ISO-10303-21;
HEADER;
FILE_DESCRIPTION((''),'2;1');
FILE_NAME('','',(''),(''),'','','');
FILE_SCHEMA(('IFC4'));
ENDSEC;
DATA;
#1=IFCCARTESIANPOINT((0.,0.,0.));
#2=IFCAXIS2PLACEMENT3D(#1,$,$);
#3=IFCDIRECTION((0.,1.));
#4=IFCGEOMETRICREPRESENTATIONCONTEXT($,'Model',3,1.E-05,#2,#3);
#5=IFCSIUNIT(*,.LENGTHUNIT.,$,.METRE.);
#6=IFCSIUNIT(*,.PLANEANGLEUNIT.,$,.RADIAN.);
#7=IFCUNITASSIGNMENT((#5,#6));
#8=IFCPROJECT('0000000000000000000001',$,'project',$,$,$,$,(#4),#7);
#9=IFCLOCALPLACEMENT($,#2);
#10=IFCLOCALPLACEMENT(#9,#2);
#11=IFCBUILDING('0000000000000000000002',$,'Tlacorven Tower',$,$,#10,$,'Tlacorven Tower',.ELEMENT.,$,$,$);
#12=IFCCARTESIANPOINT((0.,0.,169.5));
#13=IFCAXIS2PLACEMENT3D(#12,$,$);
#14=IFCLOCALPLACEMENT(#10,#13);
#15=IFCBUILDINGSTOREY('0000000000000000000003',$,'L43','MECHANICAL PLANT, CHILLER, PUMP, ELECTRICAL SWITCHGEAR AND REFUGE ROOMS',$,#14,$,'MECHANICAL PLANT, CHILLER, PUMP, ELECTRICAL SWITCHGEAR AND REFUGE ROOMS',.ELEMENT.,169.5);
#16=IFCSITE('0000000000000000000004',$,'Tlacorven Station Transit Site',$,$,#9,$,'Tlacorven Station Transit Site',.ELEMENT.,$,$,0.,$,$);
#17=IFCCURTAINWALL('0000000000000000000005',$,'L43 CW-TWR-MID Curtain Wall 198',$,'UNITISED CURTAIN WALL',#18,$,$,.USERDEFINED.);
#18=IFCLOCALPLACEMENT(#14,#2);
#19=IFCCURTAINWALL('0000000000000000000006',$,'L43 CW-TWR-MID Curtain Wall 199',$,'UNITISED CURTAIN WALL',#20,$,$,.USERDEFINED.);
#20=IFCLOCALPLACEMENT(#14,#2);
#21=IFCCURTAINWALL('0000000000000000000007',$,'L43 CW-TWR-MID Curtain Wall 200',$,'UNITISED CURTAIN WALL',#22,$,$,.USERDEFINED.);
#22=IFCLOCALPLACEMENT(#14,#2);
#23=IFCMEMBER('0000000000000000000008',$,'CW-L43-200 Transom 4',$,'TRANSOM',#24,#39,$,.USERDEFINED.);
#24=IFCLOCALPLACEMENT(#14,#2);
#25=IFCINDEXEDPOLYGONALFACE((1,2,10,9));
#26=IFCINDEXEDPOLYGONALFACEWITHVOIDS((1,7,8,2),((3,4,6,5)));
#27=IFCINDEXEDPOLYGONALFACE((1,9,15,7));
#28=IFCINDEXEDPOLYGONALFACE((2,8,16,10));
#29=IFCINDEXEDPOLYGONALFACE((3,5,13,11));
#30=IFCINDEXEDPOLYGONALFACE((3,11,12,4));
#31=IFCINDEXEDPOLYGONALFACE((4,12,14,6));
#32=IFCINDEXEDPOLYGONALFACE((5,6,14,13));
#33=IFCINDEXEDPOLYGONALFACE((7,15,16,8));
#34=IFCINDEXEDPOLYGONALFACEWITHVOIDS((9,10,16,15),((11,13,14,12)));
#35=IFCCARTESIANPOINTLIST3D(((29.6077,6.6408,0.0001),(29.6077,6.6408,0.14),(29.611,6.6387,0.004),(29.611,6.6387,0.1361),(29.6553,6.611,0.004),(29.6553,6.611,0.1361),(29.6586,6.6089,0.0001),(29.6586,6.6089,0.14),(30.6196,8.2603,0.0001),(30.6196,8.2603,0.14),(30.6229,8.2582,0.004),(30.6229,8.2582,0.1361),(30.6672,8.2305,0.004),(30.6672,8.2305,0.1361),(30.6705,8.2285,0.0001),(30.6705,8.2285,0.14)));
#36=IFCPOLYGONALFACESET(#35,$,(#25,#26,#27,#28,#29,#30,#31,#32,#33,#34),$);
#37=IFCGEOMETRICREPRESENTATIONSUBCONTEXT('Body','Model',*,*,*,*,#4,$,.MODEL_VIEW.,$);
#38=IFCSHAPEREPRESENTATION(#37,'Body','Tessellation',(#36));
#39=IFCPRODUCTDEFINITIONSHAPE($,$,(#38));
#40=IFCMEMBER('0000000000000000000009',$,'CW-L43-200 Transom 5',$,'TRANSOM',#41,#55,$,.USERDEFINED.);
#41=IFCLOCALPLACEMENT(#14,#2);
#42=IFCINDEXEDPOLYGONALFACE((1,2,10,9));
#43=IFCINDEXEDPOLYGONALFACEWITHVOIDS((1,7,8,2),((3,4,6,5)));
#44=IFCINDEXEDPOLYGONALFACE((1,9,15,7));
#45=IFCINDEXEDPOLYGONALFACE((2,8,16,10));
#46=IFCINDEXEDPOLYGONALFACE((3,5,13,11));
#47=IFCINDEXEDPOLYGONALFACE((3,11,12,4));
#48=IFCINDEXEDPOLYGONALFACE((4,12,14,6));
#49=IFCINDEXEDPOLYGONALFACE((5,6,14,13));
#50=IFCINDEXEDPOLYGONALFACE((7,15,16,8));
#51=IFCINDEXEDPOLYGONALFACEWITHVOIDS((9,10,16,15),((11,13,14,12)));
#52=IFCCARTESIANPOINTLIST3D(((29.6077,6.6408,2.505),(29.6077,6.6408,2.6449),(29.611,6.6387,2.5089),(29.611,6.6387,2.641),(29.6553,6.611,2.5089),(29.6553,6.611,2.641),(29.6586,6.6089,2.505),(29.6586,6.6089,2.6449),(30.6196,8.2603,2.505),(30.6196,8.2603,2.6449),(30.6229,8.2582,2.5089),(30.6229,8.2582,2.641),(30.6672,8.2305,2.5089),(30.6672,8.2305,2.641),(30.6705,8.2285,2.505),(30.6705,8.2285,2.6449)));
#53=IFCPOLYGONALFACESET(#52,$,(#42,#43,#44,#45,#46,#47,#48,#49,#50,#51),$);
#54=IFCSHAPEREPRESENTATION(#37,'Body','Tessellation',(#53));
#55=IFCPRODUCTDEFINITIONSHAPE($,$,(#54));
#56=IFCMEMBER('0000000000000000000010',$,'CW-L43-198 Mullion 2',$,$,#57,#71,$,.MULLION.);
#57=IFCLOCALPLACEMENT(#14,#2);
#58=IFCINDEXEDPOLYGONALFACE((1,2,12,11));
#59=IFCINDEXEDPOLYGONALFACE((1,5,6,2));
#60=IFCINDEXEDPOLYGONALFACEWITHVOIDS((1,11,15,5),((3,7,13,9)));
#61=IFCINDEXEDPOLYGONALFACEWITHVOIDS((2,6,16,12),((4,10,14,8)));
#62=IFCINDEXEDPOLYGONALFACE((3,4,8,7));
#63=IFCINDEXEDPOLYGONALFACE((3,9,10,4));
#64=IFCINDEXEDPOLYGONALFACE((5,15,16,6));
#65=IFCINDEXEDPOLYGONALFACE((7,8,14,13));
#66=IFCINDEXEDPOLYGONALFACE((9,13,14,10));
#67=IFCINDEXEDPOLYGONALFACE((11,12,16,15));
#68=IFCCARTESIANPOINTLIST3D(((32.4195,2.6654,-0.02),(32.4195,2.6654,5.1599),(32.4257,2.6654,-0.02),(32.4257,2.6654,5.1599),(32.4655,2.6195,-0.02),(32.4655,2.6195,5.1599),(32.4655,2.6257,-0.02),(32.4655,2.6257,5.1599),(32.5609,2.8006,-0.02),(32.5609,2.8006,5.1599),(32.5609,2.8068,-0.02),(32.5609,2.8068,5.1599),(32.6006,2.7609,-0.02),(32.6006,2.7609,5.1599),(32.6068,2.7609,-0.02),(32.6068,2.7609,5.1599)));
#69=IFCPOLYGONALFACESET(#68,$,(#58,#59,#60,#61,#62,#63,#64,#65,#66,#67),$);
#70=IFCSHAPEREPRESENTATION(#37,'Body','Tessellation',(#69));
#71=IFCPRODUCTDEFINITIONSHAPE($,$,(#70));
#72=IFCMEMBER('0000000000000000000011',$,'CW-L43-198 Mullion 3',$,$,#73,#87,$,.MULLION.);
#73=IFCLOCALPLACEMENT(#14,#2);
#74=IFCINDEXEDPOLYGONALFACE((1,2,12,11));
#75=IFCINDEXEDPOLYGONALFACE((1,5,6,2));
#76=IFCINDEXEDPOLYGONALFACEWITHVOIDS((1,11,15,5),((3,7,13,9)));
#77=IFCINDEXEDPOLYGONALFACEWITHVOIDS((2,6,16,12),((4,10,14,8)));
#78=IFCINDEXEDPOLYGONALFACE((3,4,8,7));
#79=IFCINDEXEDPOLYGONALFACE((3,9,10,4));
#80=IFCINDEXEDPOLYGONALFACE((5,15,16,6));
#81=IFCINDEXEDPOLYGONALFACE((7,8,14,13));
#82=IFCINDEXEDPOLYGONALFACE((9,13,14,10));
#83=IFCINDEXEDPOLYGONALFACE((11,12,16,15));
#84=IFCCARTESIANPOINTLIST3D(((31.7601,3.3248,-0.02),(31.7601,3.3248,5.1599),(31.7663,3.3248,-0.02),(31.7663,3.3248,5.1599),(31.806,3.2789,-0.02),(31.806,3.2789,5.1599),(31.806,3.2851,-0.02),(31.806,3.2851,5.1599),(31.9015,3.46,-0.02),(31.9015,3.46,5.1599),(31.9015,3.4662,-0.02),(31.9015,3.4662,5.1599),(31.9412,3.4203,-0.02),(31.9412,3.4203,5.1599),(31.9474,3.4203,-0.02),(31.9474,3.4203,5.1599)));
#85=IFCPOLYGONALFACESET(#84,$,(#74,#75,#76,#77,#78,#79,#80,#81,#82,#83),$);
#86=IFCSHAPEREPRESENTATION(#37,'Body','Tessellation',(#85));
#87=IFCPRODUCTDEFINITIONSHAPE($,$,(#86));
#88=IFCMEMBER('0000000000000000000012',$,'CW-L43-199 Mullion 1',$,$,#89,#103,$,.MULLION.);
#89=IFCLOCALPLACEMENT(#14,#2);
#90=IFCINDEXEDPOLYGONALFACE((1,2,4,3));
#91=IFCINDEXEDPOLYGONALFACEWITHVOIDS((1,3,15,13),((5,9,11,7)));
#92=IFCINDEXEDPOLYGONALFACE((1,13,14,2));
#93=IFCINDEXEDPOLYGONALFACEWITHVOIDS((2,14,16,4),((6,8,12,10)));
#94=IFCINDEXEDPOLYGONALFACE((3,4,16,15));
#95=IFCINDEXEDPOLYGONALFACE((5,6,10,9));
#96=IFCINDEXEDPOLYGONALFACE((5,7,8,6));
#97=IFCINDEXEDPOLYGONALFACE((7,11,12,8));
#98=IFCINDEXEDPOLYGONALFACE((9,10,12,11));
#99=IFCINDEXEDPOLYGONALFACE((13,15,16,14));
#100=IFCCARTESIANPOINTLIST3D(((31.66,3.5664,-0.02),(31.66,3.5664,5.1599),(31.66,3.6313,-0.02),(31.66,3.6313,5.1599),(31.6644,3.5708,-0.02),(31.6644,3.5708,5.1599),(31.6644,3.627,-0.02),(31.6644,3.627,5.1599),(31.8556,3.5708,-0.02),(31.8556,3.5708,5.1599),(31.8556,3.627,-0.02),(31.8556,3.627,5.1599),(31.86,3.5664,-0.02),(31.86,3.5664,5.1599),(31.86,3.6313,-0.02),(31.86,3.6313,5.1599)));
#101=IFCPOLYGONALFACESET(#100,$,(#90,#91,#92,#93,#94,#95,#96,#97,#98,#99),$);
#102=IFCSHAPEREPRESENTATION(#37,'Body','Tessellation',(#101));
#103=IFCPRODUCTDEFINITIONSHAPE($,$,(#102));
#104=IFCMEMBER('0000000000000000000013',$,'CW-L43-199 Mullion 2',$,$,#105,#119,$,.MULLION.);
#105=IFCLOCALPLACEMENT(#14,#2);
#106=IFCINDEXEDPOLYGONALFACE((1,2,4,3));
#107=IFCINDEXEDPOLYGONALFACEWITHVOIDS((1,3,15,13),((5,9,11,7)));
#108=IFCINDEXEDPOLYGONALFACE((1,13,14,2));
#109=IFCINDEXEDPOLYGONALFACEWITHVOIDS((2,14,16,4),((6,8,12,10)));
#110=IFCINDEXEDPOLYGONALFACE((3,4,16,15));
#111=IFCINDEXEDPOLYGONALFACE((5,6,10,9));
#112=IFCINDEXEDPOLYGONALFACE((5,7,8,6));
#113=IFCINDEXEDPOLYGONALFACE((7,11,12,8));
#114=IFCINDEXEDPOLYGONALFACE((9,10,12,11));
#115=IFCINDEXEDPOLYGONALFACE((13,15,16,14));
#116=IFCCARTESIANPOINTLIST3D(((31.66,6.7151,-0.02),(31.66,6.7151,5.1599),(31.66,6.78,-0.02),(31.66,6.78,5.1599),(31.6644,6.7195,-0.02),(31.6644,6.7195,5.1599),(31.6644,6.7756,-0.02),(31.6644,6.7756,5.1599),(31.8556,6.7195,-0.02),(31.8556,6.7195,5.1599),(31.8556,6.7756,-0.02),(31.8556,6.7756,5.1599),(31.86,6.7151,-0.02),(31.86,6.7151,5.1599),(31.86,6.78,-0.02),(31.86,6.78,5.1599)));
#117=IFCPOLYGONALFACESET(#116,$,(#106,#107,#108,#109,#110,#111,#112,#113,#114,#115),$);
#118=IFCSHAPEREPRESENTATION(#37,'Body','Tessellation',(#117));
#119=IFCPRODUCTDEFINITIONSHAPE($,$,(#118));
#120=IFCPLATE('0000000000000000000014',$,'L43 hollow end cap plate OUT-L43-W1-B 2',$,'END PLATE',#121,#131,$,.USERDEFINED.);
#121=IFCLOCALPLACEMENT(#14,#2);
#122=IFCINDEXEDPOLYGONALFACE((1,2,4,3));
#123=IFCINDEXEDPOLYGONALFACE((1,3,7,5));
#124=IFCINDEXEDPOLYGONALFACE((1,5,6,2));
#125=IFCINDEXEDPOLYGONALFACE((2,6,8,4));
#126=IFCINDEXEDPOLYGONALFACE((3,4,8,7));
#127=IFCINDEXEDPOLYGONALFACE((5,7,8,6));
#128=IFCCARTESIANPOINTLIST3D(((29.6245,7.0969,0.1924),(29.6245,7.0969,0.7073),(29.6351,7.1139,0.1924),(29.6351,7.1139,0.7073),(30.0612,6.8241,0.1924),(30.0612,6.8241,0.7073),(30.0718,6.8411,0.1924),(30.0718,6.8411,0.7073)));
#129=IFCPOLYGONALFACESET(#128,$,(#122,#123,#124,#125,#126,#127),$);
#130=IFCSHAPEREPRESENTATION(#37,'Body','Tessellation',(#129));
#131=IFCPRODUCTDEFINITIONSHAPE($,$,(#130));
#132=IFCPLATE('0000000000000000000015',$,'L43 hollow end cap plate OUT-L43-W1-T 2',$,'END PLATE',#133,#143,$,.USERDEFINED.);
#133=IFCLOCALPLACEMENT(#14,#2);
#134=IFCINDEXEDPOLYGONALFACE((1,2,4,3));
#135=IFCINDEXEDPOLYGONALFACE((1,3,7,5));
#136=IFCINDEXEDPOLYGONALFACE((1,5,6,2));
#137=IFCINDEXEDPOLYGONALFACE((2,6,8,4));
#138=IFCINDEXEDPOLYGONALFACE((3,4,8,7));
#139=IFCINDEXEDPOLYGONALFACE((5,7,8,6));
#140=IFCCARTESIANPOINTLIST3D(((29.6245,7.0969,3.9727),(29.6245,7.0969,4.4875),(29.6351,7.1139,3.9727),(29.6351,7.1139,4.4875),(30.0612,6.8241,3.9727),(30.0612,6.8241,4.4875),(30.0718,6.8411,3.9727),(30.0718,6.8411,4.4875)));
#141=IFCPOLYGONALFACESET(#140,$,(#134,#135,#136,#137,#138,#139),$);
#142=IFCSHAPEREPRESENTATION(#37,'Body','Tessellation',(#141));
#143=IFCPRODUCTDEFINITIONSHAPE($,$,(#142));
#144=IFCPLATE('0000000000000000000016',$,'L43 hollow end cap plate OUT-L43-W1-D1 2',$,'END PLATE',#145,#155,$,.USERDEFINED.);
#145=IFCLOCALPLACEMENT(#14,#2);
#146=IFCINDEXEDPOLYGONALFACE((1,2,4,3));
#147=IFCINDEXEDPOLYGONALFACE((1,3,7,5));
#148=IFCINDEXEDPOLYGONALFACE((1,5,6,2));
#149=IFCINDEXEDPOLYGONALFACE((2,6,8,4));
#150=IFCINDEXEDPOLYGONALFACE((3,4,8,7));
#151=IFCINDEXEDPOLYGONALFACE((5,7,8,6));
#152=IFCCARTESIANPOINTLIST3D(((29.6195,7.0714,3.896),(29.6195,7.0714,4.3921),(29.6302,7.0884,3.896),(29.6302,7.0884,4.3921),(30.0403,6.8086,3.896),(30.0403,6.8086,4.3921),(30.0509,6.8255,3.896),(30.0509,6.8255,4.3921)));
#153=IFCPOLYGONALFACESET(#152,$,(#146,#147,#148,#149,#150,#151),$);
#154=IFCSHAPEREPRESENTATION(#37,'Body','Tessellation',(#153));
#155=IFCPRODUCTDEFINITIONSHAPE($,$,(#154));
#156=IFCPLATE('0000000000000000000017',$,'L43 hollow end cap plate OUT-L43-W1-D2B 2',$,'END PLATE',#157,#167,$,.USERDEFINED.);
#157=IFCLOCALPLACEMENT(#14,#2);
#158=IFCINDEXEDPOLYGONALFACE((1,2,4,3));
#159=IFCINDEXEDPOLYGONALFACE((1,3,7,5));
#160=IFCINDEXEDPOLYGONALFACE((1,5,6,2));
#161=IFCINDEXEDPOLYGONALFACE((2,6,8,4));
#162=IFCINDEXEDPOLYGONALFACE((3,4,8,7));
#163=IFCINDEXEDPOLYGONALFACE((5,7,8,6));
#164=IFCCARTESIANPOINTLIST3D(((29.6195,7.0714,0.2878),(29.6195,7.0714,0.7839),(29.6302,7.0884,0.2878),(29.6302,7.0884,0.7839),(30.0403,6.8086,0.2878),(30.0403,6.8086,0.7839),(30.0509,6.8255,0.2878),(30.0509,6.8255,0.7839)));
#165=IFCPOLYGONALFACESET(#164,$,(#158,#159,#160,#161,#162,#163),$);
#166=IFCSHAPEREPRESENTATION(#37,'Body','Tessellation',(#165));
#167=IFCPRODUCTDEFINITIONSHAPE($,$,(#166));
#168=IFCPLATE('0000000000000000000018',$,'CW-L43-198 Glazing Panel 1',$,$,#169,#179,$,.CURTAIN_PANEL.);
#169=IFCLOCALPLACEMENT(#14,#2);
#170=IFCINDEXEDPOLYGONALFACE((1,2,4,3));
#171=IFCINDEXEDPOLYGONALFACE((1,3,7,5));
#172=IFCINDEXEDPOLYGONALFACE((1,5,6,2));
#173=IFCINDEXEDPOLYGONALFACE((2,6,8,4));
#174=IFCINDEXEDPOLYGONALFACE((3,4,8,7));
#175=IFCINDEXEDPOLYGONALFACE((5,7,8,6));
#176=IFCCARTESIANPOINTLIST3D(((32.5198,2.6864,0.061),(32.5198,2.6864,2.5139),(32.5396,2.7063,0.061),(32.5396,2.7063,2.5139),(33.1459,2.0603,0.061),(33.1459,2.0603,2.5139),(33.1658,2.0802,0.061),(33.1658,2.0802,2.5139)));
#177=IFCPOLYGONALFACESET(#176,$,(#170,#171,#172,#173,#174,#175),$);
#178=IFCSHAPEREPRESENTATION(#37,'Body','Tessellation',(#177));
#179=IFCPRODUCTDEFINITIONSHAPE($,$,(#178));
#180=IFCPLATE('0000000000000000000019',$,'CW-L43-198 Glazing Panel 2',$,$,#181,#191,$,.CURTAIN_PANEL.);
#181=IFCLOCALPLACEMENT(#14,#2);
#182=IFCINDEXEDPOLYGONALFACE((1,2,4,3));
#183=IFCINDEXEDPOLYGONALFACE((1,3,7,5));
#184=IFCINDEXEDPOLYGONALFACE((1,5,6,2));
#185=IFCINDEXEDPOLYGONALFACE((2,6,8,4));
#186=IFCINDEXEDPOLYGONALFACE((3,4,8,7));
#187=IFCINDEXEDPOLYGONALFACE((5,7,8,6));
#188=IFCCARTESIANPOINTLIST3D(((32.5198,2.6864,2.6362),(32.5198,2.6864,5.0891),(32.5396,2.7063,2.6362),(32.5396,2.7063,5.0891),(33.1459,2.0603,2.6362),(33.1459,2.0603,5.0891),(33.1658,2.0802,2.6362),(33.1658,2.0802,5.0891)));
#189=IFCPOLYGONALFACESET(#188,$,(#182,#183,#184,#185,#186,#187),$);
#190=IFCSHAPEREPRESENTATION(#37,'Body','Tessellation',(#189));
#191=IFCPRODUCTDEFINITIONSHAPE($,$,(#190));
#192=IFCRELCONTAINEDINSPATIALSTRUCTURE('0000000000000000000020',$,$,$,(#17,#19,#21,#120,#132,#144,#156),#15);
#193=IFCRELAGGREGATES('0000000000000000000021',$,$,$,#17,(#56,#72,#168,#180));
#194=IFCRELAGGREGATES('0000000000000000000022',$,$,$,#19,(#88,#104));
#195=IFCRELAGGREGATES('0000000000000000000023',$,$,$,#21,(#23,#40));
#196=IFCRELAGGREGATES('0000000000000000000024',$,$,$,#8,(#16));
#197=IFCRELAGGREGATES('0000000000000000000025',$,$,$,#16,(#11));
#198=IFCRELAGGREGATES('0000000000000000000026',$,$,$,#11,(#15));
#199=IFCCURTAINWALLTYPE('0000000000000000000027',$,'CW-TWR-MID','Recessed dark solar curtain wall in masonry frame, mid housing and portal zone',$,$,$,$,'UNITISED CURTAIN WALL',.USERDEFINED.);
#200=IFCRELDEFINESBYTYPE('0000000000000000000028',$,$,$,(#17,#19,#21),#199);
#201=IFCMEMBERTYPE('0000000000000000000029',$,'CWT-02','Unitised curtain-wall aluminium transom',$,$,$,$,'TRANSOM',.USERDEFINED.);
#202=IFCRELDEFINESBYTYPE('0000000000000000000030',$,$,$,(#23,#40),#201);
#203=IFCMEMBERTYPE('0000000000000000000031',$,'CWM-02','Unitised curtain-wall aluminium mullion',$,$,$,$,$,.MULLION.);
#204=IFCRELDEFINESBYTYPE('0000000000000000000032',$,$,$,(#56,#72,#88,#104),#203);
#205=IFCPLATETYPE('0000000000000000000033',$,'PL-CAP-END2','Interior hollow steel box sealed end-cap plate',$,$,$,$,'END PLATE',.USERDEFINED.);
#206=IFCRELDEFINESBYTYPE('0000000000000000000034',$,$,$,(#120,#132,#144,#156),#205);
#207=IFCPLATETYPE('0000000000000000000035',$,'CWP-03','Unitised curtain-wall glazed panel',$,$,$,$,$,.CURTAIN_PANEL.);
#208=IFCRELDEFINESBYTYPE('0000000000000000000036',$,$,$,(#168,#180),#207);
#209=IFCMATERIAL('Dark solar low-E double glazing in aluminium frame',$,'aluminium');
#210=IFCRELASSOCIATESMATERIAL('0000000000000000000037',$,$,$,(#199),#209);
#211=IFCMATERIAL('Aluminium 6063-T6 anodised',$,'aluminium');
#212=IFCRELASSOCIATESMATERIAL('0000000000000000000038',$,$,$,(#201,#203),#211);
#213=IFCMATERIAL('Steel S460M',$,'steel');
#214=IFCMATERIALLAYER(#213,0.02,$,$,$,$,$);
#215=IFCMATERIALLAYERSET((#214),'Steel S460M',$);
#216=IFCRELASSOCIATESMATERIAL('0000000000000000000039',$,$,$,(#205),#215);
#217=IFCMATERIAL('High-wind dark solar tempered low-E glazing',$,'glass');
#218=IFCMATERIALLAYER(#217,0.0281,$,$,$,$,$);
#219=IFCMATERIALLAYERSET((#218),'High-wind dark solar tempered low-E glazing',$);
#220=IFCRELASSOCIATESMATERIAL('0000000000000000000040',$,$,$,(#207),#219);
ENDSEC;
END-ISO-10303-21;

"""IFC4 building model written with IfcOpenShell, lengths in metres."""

from ifc_helpers import new_model, si_unit, direction, frame, origin, origin_2d, place, context, subcontext, project, spatial, rectangle, hollow_rectangle, extrude, source, transform, mapped, material, layer, layer_set, material_profile, profile_set, type_object, element, aggregate, save


model = new_model("IFC4")

# Units and contexts
model_context = context("Model", 3, precision=1e-05, world=origin(), true_north=direction((0.0, 1.0)))
body_context = subcontext(model_context, "Body", "Model", "MODEL_VIEW")
ifc_project = project(units=[si_unit("LENGTHUNIT", "METRE"), si_unit("PLANEANGLEUNIT", "RADIAN")], contexts=[model_context])

# Site, building, storey
site_placement = place(None, origin())
site = spatial("IfcSite", under=ifc_project, at=site_placement, Name="Tlacorven Station Transit Site", LongName="Tlacorven Station Transit Site", CompositionType="ELEMENT", RefElevation=0.0)
building_placement = place(site_placement, origin())
building = spatial("IfcBuilding", under=site, at=building_placement, Name="Tlacorven Tower", LongName="Tlacorven Tower", CompositionType="ELEMENT")
storey_placement = place(building_placement, frame((0.0, 0.0, 169.5)))
storey = spatial("IfcBuildingStorey", under=building, at=storey_placement, Name="L43", Description="MECHANICAL PLANT, CHILLER, PUMP, ELECTRICAL SWITCHGEAR AND REFUGE ROOMS", LongName="MECHANICAL PLANT, CHILLER, PUMP, ELECTRICAL SWITCHGEAR AND REFUGE ROOMS", CompositionType="ELEMENT", Elevation=169.5)

# Shared definitions
ifc_material_1 = material(Name="Steel S460M", Category="steel")

# Curtain walls, members
ifc_material_2 = material(Name="Dark solar low-E double glazing in aluminium frame", Category="aluminium")
curtain_wall_type = type_object("IfcCurtainWallType", Name="CW-TWR-MID", Description="Recessed dark solar curtain wall in masonry frame, mid housing and portal zone", ElementType="UNITISED CURTAIN WALL", PredefinedType="USERDEFINED", material=ifc_material_2)
curtain_wall_1_placement = place(storey_placement, origin())
curtain_wall_1 = element("IfcCurtainWall", 1, at=curtain_wall_1_placement, inside=storey, type_object=curtain_wall_type, Name="L43 CW-TWR-MID Curtain Wall 198", ObjectType="UNITISED CURTAIN WALL", PredefinedType="USERDEFINED")
ifc_material_3 = material(Name="Aluminium 6063-T6 anodised", Category="aluminium")
ifc_material_profile_1 = material_profile(ifc_material_3, hollow_rectangle(XDim=0.0601, YDim=0.1399, WallThickness=0.0039, at=origin_2d()), Name="ALU TRANSOM 60X140")
ifc_profile_set_1 = profile_set([ifc_material_profile_1], Name="Aluminium 6063-T6 anodised")
member_type_1 = type_object("IfcMemberType", Name="CWT-02", Description="Unitised curtain-wall aluminium transom", ElementType="TRANSOM", PredefinedType="USERDEFINED", material=ifc_profile_set_1)
curtain_wall_2_placement = place(storey_placement, origin())
curtain_wall_2 = element("IfcCurtainWall", 2, at=curtain_wall_2_placement, inside=storey, type_object=curtain_wall_type, Name="L43 CW-TWR-MID Curtain Wall 199", ObjectType="UNITISED CURTAIN WALL", PredefinedType="USERDEFINED")
curtain_wall_3_placement = place(storey_placement, origin())
curtain_wall_3 = element("IfcCurtainWall", 3, at=curtain_wall_3_placement, inside=storey, type_object=curtain_wall_type, Name="L43 CW-TWR-MID Curtain Wall 200", ObjectType="UNITISED CURTAIN WALL", PredefinedType="USERDEFINED")
shared_shape_1 = source(origin(), body_context, "Body", "SweptSolid", [
    extrude(hollow_rectangle(XDim=0.0601, YDim=0.1399, WallThickness=0.0039, at=origin_2d()), origin(), (0.0, 0.0, 1.0), 1.9097),
])
member_1_placement = place(storey_placement, frame((30.645, 8.2444, 0.0701), z_axis=(-0.529884, -0.84807, 0.0), x_axis=(0.84807, -0.529884, 0.0)))
member_1 = element("IfcMember", 4, at=member_1_placement, type_object=member_type_1, Name="CW-L43-200 Transom 4", ObjectType="TRANSOM", PredefinedType="USERDEFINED", context=body_context, shape_type="MappedRepresentation", body=[
    mapped(shared_shape_1, transform((0.0, 0.0, 0.0), scale=1.0)),
])
member_2_placement = place(storey_placement, frame((30.645, 8.2444, 2.575), z_axis=(-0.529884, -0.84807, 0.0), x_axis=(0.84807, -0.529884, 0.0)))
member_2 = element("IfcMember", 5, at=member_2_placement, type_object=member_type_1, Name="CW-L43-200 Transom 5", ObjectType="TRANSOM", PredefinedType="USERDEFINED", context=body_context, shape_type="MappedRepresentation", body=[
    mapped(shared_shape_1, transform((0.0, 0.0, 0.0), scale=1.0)),
])

# Members
ifc_material_profile_2 = material_profile(ifc_material_3, hollow_rectangle(XDim=0.0649, YDim=0.2, WallThickness=0.0044, at=origin_2d()), Name="ALU MULLION 65X200")
ifc_profile_set_2 = profile_set([ifc_material_profile_2], Name="Aluminium 6063-T6 anodised")
member_type_2 = type_object("IfcMemberType", Name="CWM-02", Description="Unitised curtain-wall aluminium mullion", PredefinedType="MULLION", material=ifc_profile_set_2)
shared_shape_2 = source(origin(), body_context, "Body", "SweptSolid", [
    extrude(hollow_rectangle(XDim=0.0649, YDim=0.2, WallThickness=0.0044, at=origin_2d()), origin(), (0.0, 0.0, 1.0), 5.1799),
])
member_3_placement = place(storey_placement, frame((32.5132, 2.7131, -0.02), z_axis=(0.0, 0.0, 1.0), x_axis=(-0.707107, 0.707107, 0.0)))
member_3 = element("IfcMember", 6, at=member_3_placement, type_object=member_type_2, Name="CW-L43-198 Mullion 2", PredefinedType="MULLION", context=body_context, shape_type="MappedRepresentation", body=[
    mapped(shared_shape_2, transform((0.0, 0.0, 0.0), scale=1.0)),
])
member_4_placement = place(storey_placement, frame((31.8538, 3.3726, -0.02), z_axis=(0.0, 0.0, 1.0), x_axis=(-0.707107, 0.707107, 0.0)))
member_4 = element("IfcMember", 7, at=member_4_placement, type_object=member_type_2, Name="CW-L43-198 Mullion 3", PredefinedType="MULLION", context=body_context, shape_type="MappedRepresentation", body=[
    mapped(shared_shape_2, transform((0.0, 0.0, 0.0), scale=1.0)),
])
member_5_placement = place(storey_placement, frame((31.76, 3.5989, -0.02), z_axis=(0.0, 0.0, 1.0), x_axis=(0.0, 1.0, 0.0)))
member_5 = element("IfcMember", 8, at=member_5_placement, type_object=member_type_2, Name="CW-L43-199 Mullion 1", PredefinedType="MULLION", context=body_context, shape_type="MappedRepresentation", body=[
    mapped(shared_shape_2, transform((0.0, 0.0, 0.0), scale=1.0)),
])
member_6_placement = place(storey_placement, frame((31.76, 6.7476, -0.02), z_axis=(0.0, 0.0, 1.0), x_axis=(0.0, 1.0, 0.0)))
member_6 = element("IfcMember", 9, at=member_6_placement, type_object=member_type_2, Name="CW-L43-199 Mullion 2", PredefinedType="MULLION", context=body_context, shape_type="MappedRepresentation", body=[
    mapped(shared_shape_2, transform((0.0, 0.0, 0.0), scale=1.0)),
])

# Plates
ifc_layer_1 = layer(ifc_material_1, 0.02)
ifc_layer_set_1 = layer_set([ifc_layer_1], Name="Steel S460M")
plate_type_1 = type_object("IfcPlateType", Name="PL-CAP-END2", Description="Interior hollow steel box sealed end-cap plate", ElementType="END PLATE", PredefinedType="USERDEFINED", material=ifc_layer_set_1)
shared_shape_3 = source(origin(), body_context, "Body", "SweptSolid", [
    extrude(rectangle(XDim=0.02, YDim=0.5149, at=origin_2d()), origin(), (0.0, 0.0, 1.0), 0.5149),
])
for number, where, z_axis, x_axis, name in (
    (10, (29.8481, 6.969, 0.1924), (0.0, 0.0, 1.0), (-0.529919, -0.848048, 0.0), "L43 hollow end cap plate OUT-L43-W1-B 2"),
    (11, (29.8481, 6.969, 3.9727), (0.0, 0.0, 1.0), (-0.529919, -0.848048, 0.0), "L43 hollow end cap plate OUT-L43-W1-T 2"),
):
    element("IfcPlate", number, at=place(storey_placement, frame(where, z_axis=z_axis, x_axis=x_axis)), inside=storey, type_object=plate_type_1, Name=name, ObjectType="END PLATE", PredefinedType="USERDEFINED", context=body_context, shape_type="MappedRepresentation", body=[
        mapped(shared_shape_3, transform((0.0, 0.0, 0.0), scale=1.0)),
    ])
shared_shape_4 = source(origin(), body_context, "Body", "SweptSolid", [
    extrude(rectangle(XDim=0.02, YDim=0.4961, at=origin_2d()), origin(), (0.0, 0.0, 1.0), 0.4961),
])
for number, where, z_axis, x_axis, name in (
    (12, (29.8352, 6.9485, 3.896), (0.0, 0.0, 1.0), (-0.529919, -0.848048, 0.0), "L43 hollow end cap plate OUT-L43-W1-D1 2"),
    (13, (29.8352, 6.9485, 0.2878), (0.0, 0.0, 1.0), (-0.52992, -0.848048, 0.0), "L43 hollow end cap plate OUT-L43-W1-D2B 2"),
):
    element("IfcPlate", number, at=place(storey_placement, frame(where, z_axis=z_axis, x_axis=x_axis)), inside=storey, type_object=plate_type_1, Name=name, ObjectType="END PLATE", PredefinedType="USERDEFINED", context=body_context, shape_type="MappedRepresentation", body=[
        mapped(shared_shape_4, transform((0.0, 0.0, 0.0), scale=1.0)),
    ])

# Plates
ifc_material_4 = material(Name="High-wind dark solar tempered low-E glazing", Category="glass")
ifc_layer_2 = layer(ifc_material_4, 0.0281)
ifc_layer_set_2 = layer_set([ifc_layer_2], Name="High-wind dark solar tempered low-E glazing")
plate_type_2 = type_object("IfcPlateType", Name="CWP-03", Description="Unitised curtain-wall glazed panel", PredefinedType="CURTAIN_PANEL", material=ifc_layer_set_2)
shared_shape_5 = source(origin(), body_context, "Body", "SweptSolid", [
    extrude(rectangle(XDim=0.8855, YDim=0.0281, at=origin_2d()), origin(), (0.0, 0.0, 1.0), 2.4529),
])
plate_1_placement = place(storey_placement, frame((32.8428, 2.3833, 0.061), z_axis=(0.0, 0.0, 1.0), x_axis=(-0.707107, 0.707107, 0.0)))
plate_1 = element("IfcPlate", 14, at=plate_1_placement, type_object=plate_type_2, Name="CW-L43-198 Glazing Panel 1", PredefinedType="CURTAIN_PANEL", context=body_context, shape_type="MappedRepresentation", body=[
    mapped(shared_shape_5, transform((0.0, 0.0, 0.0), scale=1.0)),
])
plate_2_placement = place(storey_placement, frame((32.8428, 2.3833, 2.6362), z_axis=(0.0, 0.0, 1.0), x_axis=(-0.707107, 0.707107, 0.0)))
plate_2 = element("IfcPlate", 15, at=plate_2_placement, type_object=plate_type_2, Name="CW-L43-198 Glazing Panel 2", PredefinedType="CURTAIN_PANEL", context=body_context, shape_type="MappedRepresentation", body=[
    mapped(shared_shape_5, transform((0.0, 0.0, 0.0), scale=1.0)),
])
aggregate(curtain_wall_1, [member_3, member_4, plate_1, plate_2])
aggregate(curtain_wall_2, [member_5, member_6])
aggregate(curtain_wall_3, [member_1, member_2])

save(model, "model.ifc")
